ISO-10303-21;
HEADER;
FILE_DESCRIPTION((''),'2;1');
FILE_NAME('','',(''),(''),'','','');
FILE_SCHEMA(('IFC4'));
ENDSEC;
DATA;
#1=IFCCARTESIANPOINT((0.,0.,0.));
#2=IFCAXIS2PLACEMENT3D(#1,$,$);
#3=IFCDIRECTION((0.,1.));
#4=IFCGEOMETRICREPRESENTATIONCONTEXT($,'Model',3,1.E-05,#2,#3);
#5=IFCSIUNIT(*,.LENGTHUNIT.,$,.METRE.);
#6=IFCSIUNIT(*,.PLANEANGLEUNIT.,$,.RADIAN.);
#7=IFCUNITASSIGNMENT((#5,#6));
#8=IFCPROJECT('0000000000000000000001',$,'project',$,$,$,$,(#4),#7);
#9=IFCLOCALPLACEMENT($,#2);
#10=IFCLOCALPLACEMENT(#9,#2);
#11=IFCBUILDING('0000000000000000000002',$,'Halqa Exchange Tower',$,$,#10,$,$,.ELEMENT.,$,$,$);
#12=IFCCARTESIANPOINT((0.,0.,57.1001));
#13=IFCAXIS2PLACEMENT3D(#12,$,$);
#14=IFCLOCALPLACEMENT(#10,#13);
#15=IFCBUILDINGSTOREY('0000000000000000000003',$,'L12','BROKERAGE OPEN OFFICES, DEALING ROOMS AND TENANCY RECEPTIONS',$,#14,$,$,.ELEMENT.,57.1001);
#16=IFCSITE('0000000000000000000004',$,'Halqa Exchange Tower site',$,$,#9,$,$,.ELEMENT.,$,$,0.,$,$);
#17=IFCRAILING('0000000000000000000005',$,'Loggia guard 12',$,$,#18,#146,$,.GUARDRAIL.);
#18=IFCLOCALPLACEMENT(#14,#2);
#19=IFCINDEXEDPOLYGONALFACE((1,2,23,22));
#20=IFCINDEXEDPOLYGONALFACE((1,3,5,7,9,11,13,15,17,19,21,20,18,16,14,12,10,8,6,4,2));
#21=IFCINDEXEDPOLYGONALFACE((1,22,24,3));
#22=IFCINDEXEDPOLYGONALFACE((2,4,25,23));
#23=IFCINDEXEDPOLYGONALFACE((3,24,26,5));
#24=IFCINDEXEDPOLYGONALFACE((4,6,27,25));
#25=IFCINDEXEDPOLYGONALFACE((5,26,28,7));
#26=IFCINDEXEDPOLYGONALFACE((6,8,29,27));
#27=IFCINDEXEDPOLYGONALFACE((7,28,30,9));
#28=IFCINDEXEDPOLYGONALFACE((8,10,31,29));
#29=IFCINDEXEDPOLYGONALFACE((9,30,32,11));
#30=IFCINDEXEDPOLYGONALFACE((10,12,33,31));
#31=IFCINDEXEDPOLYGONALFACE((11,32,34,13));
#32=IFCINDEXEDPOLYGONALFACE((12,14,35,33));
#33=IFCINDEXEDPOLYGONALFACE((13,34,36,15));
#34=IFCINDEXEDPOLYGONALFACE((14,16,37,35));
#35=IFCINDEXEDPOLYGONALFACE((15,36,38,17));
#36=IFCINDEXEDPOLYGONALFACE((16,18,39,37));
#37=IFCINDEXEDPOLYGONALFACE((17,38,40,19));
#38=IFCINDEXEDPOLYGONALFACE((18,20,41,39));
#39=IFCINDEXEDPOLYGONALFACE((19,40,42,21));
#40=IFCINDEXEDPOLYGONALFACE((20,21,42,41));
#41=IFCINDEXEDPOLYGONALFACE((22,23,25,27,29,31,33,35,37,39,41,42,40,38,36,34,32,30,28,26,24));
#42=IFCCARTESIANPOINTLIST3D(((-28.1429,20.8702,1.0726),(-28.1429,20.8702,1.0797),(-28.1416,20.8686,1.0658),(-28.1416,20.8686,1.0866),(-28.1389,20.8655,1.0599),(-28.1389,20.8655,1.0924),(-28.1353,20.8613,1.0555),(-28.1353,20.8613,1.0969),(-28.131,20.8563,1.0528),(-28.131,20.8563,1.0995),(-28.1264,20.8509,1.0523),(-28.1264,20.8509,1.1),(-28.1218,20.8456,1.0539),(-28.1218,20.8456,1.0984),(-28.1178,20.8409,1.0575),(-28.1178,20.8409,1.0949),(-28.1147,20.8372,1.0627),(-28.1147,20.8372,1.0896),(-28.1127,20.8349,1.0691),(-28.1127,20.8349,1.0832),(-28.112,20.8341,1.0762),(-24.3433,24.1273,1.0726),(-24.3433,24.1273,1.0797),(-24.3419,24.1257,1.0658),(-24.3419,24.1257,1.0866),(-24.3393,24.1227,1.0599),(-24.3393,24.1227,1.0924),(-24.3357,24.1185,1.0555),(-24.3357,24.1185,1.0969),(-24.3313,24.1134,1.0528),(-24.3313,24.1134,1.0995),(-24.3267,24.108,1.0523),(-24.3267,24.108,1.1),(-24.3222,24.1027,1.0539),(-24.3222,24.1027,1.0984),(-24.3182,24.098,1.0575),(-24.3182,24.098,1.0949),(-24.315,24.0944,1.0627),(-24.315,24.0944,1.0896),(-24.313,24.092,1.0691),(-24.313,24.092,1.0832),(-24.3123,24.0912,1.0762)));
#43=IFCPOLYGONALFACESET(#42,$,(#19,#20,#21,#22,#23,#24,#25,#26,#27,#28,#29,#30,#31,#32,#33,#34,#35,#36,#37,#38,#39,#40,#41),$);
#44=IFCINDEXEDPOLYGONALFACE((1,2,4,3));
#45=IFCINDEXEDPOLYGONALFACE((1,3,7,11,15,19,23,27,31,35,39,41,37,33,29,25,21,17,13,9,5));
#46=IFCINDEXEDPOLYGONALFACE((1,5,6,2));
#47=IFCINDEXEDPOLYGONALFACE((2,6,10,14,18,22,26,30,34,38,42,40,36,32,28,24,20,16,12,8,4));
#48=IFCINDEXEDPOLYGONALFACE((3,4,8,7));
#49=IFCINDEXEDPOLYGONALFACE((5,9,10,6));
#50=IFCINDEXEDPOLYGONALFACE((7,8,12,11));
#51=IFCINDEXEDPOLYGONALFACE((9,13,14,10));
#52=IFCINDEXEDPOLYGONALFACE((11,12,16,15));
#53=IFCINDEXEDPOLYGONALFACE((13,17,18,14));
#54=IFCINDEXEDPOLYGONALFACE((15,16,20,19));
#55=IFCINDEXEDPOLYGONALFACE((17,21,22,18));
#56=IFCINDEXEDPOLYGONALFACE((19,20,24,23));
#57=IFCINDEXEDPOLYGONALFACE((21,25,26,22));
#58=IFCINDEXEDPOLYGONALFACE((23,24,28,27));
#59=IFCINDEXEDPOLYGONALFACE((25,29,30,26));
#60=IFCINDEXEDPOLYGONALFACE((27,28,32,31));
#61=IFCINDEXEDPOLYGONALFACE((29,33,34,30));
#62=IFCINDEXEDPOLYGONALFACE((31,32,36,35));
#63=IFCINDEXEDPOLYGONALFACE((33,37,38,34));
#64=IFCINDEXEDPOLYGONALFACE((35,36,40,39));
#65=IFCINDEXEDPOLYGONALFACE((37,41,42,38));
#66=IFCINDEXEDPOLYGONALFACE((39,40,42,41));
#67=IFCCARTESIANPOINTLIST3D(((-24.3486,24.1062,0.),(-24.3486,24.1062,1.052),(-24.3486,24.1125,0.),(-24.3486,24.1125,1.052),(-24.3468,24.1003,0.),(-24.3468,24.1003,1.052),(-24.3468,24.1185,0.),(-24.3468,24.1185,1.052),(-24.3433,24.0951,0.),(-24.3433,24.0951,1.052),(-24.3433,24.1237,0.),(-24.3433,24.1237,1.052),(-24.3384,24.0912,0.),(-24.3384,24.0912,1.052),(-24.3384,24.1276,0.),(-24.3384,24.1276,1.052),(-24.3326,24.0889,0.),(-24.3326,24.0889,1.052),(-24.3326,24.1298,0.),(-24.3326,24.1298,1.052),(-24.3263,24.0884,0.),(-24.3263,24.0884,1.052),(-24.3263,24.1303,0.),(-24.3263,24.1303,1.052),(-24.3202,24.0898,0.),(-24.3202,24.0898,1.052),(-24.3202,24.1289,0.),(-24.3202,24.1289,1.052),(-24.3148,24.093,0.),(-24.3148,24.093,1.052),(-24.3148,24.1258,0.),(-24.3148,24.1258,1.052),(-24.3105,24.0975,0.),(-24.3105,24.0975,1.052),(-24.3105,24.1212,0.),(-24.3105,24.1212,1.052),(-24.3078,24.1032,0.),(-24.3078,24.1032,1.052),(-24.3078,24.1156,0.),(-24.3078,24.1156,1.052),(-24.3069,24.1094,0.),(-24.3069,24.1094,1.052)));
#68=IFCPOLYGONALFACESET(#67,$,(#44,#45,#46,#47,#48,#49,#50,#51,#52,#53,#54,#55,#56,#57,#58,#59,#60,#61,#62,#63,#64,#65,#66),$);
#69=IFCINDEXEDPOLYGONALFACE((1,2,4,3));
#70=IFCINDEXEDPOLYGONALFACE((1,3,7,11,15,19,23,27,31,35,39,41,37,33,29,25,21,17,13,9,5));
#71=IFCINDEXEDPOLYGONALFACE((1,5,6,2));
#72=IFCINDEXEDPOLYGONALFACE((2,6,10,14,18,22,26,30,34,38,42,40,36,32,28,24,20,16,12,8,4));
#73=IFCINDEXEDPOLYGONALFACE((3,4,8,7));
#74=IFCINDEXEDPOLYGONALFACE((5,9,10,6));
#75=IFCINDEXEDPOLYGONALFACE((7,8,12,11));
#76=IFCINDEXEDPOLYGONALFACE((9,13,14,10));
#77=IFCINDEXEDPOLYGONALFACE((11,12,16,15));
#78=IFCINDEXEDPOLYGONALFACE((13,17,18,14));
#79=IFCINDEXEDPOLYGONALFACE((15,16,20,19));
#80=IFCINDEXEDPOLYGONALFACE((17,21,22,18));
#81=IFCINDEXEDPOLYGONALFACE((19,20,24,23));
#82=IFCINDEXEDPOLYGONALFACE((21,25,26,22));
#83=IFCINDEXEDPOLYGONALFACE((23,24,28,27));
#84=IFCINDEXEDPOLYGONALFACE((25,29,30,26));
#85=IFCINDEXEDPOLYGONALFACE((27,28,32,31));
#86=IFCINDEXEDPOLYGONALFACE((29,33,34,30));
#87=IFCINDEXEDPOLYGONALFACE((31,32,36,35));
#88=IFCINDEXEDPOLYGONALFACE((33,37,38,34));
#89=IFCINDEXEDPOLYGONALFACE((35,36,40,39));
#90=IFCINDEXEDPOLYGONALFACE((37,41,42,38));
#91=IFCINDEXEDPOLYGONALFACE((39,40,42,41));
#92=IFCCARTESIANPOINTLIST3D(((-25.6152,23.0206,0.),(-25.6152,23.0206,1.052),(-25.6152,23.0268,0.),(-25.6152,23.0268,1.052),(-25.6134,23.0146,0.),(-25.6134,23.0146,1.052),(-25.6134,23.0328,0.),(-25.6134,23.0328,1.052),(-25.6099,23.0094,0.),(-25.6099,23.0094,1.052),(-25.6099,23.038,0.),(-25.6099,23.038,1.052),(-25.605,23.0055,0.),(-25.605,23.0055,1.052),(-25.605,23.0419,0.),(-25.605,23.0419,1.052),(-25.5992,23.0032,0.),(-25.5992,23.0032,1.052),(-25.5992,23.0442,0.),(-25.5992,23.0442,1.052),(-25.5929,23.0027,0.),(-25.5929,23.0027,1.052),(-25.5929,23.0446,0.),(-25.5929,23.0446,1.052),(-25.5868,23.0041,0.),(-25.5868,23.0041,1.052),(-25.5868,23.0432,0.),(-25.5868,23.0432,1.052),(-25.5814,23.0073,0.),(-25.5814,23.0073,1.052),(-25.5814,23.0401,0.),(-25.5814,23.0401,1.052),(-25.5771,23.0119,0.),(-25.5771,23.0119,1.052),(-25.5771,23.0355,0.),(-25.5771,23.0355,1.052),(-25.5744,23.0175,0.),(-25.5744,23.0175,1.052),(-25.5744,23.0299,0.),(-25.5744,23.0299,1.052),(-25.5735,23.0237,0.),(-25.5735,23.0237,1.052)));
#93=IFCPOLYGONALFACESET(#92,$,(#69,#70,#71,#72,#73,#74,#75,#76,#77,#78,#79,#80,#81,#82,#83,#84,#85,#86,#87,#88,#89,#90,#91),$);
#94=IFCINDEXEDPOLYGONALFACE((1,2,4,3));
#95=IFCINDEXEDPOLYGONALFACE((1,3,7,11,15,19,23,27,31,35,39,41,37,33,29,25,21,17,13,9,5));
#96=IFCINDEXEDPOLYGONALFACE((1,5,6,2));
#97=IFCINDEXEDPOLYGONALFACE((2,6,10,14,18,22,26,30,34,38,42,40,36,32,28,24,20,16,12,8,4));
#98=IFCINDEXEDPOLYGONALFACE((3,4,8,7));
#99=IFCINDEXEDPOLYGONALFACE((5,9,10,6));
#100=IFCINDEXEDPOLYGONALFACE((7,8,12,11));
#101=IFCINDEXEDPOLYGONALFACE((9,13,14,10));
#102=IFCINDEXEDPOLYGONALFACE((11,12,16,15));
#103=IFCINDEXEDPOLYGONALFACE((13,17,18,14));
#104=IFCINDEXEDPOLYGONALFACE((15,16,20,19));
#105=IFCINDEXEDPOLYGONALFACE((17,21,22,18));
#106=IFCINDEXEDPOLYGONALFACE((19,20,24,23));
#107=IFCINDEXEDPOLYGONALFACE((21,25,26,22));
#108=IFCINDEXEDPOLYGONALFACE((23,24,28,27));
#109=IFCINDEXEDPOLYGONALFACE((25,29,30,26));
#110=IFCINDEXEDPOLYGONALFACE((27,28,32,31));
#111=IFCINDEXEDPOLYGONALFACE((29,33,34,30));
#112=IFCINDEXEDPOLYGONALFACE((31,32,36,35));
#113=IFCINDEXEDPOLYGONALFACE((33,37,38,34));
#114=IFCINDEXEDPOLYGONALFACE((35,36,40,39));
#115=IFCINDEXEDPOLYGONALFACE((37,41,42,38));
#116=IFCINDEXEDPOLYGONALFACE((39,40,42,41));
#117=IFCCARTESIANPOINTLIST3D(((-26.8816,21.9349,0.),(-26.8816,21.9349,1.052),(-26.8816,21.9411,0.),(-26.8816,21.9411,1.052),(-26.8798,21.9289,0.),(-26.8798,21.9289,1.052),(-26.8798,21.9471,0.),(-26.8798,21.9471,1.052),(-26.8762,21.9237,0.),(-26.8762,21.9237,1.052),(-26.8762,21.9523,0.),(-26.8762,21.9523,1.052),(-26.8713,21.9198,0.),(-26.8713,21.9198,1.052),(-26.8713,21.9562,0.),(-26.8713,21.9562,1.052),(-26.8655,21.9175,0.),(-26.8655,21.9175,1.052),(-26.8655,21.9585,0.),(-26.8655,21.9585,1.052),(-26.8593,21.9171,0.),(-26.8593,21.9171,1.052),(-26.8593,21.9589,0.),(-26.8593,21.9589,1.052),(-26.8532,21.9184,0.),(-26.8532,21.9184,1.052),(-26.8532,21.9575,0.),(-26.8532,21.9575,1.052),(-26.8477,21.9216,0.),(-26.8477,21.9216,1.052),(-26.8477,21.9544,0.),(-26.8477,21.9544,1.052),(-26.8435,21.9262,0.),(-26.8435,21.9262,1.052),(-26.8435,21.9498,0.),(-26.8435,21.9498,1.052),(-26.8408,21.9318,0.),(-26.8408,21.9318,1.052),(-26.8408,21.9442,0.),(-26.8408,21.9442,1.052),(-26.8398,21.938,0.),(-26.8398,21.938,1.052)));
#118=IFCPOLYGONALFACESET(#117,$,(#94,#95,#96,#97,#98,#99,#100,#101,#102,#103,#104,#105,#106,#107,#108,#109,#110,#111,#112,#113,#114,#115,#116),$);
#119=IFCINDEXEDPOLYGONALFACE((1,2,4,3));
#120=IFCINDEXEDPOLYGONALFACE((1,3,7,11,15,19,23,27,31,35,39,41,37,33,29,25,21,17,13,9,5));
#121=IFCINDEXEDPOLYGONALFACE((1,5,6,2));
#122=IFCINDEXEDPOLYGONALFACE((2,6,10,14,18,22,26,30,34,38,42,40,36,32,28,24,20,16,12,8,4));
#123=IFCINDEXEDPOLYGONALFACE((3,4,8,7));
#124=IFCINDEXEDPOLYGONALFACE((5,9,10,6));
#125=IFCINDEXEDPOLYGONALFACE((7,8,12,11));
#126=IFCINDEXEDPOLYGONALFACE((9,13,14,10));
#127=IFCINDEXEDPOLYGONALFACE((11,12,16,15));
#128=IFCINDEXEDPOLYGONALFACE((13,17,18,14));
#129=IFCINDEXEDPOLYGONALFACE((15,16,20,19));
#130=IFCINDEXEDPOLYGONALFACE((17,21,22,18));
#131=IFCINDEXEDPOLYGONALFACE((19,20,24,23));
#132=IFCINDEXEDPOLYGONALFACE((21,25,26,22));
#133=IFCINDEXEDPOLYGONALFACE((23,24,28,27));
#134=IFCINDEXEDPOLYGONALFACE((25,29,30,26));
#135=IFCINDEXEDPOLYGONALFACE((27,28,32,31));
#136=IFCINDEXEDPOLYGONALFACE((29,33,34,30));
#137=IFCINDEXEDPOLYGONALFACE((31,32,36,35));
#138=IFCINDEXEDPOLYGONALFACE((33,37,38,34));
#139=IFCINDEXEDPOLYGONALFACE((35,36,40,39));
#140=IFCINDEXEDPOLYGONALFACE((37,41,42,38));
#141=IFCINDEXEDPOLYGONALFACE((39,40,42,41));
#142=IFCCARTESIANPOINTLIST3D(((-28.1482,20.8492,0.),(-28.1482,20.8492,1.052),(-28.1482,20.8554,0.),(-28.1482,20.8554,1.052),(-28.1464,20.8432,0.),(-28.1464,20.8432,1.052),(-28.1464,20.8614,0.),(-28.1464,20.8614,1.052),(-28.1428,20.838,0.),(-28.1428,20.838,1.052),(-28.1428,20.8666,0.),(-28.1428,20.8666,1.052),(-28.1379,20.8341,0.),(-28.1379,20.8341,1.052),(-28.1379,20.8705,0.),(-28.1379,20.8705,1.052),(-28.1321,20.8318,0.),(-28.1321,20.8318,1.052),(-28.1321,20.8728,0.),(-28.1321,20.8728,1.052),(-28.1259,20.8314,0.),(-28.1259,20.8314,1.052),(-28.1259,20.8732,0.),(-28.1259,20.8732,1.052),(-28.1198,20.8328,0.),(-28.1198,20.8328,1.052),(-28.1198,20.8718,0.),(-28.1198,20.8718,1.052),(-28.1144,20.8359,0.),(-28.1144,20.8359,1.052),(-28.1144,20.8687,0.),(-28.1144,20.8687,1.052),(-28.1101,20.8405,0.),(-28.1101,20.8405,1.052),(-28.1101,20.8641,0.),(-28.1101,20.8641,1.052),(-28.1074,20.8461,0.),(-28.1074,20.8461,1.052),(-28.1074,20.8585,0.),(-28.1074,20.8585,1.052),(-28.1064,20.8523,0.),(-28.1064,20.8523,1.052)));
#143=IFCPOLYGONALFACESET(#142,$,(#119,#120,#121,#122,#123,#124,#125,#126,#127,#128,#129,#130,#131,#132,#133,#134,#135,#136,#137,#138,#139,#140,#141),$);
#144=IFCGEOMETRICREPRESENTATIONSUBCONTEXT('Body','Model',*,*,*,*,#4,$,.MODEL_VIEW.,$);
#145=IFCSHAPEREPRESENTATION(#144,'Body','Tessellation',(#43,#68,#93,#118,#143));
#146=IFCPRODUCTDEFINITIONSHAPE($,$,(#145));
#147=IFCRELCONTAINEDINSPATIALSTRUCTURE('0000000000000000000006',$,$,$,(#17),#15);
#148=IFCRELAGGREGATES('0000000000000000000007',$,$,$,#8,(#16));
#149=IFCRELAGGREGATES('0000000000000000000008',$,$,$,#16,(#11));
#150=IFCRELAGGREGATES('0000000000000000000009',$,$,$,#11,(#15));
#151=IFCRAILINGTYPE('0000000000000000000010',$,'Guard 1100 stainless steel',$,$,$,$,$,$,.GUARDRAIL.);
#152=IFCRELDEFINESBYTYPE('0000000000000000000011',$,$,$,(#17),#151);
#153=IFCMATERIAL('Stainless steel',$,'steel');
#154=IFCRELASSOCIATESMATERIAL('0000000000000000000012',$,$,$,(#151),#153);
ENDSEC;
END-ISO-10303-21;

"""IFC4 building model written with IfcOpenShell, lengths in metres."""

from ifc_helpers import new_model, si_unit, direction, frame, origin, origin_2d, place, context, subcontext, project, spatial, circle, extrude, material, type_object, element, save


model = new_model("IFC4")

# Units and contexts
model_context = context("Model", 3, precision=1e-05, world=origin(), true_north=direction((0.0, 1.0)))
body_context = subcontext(model_context, "Body", "Model", "MODEL_VIEW")
ifc_project = project(units=[si_unit("LENGTHUNIT", "METRE"), si_unit("PLANEANGLEUNIT", "RADIAN")], contexts=[model_context])

# Site, building, storey
site_placement = place(None, origin())
site = spatial("IfcSite", under=ifc_project, at=site_placement, Name="Halqa Exchange Tower site", CompositionType="ELEMENT", RefElevation=0.0)
building_placement = place(site_placement, origin())
building = spatial("IfcBuilding", under=site, at=building_placement, Name="Halqa Exchange Tower", CompositionType="ELEMENT")
storey_placement = place(building_placement, frame((0.0, 0.0, 57.1001)))
storey = spatial("IfcBuildingStorey", under=building, at=storey_placement, Name="L12", Description="BROKERAGE OPEN OFFICES, DEALING ROOMS AND TENANCY RECEPTIONS", CompositionType="ELEMENT", Elevation=57.1001)

# Railing
ifc_material_1 = material(Name="Stainless steel", Category="steel")
railing_type = type_object("IfcRailingType", Name="Guard 1100 stainless steel", PredefinedType="GUARDRAIL", material=ifc_material_1)
railing_1_placement = place(storey_placement, frame((-24.3279, 24.1094, 0.0)))
element("IfcRailing", 1, at=railing_1_placement, inside=storey, type_object=railing_type, Name="Loggia guard 12", PredefinedType="GUARDRAIL", context=body_context, shape_type="SweptSolid", body=[
    extrude(circle(Radius=0.0239, at=origin_2d()), frame((0.0, 0.0, 1.0762), z_axis=(-0.759226, -0.650828, 0.0), x_axis=(0.650828, -0.759226, 0.0)), (0.0, 0.0, 1.0), 5.0046),
    extrude(circle(Radius=0.021, at=origin_2d()), origin(), (0.0, 0.0, 1.0), 1.052),
    extrude(circle(Radius=0.021, at=origin_2d()), frame((-1.2666, -1.0857, 0.0)), (0.0, 0.0, 1.0), 1.052),
    extrude(circle(Radius=0.021, at=origin_2d()), frame((-2.533, -2.1714, 0.0)), (0.0, 0.0, 1.0), 1.052),
    extrude(circle(Radius=0.021, at=origin_2d()), frame((-3.7996, -3.2571, 0.0)), (0.0, 0.0, 1.0), 1.052),
])

save(model, "model.ifc")
